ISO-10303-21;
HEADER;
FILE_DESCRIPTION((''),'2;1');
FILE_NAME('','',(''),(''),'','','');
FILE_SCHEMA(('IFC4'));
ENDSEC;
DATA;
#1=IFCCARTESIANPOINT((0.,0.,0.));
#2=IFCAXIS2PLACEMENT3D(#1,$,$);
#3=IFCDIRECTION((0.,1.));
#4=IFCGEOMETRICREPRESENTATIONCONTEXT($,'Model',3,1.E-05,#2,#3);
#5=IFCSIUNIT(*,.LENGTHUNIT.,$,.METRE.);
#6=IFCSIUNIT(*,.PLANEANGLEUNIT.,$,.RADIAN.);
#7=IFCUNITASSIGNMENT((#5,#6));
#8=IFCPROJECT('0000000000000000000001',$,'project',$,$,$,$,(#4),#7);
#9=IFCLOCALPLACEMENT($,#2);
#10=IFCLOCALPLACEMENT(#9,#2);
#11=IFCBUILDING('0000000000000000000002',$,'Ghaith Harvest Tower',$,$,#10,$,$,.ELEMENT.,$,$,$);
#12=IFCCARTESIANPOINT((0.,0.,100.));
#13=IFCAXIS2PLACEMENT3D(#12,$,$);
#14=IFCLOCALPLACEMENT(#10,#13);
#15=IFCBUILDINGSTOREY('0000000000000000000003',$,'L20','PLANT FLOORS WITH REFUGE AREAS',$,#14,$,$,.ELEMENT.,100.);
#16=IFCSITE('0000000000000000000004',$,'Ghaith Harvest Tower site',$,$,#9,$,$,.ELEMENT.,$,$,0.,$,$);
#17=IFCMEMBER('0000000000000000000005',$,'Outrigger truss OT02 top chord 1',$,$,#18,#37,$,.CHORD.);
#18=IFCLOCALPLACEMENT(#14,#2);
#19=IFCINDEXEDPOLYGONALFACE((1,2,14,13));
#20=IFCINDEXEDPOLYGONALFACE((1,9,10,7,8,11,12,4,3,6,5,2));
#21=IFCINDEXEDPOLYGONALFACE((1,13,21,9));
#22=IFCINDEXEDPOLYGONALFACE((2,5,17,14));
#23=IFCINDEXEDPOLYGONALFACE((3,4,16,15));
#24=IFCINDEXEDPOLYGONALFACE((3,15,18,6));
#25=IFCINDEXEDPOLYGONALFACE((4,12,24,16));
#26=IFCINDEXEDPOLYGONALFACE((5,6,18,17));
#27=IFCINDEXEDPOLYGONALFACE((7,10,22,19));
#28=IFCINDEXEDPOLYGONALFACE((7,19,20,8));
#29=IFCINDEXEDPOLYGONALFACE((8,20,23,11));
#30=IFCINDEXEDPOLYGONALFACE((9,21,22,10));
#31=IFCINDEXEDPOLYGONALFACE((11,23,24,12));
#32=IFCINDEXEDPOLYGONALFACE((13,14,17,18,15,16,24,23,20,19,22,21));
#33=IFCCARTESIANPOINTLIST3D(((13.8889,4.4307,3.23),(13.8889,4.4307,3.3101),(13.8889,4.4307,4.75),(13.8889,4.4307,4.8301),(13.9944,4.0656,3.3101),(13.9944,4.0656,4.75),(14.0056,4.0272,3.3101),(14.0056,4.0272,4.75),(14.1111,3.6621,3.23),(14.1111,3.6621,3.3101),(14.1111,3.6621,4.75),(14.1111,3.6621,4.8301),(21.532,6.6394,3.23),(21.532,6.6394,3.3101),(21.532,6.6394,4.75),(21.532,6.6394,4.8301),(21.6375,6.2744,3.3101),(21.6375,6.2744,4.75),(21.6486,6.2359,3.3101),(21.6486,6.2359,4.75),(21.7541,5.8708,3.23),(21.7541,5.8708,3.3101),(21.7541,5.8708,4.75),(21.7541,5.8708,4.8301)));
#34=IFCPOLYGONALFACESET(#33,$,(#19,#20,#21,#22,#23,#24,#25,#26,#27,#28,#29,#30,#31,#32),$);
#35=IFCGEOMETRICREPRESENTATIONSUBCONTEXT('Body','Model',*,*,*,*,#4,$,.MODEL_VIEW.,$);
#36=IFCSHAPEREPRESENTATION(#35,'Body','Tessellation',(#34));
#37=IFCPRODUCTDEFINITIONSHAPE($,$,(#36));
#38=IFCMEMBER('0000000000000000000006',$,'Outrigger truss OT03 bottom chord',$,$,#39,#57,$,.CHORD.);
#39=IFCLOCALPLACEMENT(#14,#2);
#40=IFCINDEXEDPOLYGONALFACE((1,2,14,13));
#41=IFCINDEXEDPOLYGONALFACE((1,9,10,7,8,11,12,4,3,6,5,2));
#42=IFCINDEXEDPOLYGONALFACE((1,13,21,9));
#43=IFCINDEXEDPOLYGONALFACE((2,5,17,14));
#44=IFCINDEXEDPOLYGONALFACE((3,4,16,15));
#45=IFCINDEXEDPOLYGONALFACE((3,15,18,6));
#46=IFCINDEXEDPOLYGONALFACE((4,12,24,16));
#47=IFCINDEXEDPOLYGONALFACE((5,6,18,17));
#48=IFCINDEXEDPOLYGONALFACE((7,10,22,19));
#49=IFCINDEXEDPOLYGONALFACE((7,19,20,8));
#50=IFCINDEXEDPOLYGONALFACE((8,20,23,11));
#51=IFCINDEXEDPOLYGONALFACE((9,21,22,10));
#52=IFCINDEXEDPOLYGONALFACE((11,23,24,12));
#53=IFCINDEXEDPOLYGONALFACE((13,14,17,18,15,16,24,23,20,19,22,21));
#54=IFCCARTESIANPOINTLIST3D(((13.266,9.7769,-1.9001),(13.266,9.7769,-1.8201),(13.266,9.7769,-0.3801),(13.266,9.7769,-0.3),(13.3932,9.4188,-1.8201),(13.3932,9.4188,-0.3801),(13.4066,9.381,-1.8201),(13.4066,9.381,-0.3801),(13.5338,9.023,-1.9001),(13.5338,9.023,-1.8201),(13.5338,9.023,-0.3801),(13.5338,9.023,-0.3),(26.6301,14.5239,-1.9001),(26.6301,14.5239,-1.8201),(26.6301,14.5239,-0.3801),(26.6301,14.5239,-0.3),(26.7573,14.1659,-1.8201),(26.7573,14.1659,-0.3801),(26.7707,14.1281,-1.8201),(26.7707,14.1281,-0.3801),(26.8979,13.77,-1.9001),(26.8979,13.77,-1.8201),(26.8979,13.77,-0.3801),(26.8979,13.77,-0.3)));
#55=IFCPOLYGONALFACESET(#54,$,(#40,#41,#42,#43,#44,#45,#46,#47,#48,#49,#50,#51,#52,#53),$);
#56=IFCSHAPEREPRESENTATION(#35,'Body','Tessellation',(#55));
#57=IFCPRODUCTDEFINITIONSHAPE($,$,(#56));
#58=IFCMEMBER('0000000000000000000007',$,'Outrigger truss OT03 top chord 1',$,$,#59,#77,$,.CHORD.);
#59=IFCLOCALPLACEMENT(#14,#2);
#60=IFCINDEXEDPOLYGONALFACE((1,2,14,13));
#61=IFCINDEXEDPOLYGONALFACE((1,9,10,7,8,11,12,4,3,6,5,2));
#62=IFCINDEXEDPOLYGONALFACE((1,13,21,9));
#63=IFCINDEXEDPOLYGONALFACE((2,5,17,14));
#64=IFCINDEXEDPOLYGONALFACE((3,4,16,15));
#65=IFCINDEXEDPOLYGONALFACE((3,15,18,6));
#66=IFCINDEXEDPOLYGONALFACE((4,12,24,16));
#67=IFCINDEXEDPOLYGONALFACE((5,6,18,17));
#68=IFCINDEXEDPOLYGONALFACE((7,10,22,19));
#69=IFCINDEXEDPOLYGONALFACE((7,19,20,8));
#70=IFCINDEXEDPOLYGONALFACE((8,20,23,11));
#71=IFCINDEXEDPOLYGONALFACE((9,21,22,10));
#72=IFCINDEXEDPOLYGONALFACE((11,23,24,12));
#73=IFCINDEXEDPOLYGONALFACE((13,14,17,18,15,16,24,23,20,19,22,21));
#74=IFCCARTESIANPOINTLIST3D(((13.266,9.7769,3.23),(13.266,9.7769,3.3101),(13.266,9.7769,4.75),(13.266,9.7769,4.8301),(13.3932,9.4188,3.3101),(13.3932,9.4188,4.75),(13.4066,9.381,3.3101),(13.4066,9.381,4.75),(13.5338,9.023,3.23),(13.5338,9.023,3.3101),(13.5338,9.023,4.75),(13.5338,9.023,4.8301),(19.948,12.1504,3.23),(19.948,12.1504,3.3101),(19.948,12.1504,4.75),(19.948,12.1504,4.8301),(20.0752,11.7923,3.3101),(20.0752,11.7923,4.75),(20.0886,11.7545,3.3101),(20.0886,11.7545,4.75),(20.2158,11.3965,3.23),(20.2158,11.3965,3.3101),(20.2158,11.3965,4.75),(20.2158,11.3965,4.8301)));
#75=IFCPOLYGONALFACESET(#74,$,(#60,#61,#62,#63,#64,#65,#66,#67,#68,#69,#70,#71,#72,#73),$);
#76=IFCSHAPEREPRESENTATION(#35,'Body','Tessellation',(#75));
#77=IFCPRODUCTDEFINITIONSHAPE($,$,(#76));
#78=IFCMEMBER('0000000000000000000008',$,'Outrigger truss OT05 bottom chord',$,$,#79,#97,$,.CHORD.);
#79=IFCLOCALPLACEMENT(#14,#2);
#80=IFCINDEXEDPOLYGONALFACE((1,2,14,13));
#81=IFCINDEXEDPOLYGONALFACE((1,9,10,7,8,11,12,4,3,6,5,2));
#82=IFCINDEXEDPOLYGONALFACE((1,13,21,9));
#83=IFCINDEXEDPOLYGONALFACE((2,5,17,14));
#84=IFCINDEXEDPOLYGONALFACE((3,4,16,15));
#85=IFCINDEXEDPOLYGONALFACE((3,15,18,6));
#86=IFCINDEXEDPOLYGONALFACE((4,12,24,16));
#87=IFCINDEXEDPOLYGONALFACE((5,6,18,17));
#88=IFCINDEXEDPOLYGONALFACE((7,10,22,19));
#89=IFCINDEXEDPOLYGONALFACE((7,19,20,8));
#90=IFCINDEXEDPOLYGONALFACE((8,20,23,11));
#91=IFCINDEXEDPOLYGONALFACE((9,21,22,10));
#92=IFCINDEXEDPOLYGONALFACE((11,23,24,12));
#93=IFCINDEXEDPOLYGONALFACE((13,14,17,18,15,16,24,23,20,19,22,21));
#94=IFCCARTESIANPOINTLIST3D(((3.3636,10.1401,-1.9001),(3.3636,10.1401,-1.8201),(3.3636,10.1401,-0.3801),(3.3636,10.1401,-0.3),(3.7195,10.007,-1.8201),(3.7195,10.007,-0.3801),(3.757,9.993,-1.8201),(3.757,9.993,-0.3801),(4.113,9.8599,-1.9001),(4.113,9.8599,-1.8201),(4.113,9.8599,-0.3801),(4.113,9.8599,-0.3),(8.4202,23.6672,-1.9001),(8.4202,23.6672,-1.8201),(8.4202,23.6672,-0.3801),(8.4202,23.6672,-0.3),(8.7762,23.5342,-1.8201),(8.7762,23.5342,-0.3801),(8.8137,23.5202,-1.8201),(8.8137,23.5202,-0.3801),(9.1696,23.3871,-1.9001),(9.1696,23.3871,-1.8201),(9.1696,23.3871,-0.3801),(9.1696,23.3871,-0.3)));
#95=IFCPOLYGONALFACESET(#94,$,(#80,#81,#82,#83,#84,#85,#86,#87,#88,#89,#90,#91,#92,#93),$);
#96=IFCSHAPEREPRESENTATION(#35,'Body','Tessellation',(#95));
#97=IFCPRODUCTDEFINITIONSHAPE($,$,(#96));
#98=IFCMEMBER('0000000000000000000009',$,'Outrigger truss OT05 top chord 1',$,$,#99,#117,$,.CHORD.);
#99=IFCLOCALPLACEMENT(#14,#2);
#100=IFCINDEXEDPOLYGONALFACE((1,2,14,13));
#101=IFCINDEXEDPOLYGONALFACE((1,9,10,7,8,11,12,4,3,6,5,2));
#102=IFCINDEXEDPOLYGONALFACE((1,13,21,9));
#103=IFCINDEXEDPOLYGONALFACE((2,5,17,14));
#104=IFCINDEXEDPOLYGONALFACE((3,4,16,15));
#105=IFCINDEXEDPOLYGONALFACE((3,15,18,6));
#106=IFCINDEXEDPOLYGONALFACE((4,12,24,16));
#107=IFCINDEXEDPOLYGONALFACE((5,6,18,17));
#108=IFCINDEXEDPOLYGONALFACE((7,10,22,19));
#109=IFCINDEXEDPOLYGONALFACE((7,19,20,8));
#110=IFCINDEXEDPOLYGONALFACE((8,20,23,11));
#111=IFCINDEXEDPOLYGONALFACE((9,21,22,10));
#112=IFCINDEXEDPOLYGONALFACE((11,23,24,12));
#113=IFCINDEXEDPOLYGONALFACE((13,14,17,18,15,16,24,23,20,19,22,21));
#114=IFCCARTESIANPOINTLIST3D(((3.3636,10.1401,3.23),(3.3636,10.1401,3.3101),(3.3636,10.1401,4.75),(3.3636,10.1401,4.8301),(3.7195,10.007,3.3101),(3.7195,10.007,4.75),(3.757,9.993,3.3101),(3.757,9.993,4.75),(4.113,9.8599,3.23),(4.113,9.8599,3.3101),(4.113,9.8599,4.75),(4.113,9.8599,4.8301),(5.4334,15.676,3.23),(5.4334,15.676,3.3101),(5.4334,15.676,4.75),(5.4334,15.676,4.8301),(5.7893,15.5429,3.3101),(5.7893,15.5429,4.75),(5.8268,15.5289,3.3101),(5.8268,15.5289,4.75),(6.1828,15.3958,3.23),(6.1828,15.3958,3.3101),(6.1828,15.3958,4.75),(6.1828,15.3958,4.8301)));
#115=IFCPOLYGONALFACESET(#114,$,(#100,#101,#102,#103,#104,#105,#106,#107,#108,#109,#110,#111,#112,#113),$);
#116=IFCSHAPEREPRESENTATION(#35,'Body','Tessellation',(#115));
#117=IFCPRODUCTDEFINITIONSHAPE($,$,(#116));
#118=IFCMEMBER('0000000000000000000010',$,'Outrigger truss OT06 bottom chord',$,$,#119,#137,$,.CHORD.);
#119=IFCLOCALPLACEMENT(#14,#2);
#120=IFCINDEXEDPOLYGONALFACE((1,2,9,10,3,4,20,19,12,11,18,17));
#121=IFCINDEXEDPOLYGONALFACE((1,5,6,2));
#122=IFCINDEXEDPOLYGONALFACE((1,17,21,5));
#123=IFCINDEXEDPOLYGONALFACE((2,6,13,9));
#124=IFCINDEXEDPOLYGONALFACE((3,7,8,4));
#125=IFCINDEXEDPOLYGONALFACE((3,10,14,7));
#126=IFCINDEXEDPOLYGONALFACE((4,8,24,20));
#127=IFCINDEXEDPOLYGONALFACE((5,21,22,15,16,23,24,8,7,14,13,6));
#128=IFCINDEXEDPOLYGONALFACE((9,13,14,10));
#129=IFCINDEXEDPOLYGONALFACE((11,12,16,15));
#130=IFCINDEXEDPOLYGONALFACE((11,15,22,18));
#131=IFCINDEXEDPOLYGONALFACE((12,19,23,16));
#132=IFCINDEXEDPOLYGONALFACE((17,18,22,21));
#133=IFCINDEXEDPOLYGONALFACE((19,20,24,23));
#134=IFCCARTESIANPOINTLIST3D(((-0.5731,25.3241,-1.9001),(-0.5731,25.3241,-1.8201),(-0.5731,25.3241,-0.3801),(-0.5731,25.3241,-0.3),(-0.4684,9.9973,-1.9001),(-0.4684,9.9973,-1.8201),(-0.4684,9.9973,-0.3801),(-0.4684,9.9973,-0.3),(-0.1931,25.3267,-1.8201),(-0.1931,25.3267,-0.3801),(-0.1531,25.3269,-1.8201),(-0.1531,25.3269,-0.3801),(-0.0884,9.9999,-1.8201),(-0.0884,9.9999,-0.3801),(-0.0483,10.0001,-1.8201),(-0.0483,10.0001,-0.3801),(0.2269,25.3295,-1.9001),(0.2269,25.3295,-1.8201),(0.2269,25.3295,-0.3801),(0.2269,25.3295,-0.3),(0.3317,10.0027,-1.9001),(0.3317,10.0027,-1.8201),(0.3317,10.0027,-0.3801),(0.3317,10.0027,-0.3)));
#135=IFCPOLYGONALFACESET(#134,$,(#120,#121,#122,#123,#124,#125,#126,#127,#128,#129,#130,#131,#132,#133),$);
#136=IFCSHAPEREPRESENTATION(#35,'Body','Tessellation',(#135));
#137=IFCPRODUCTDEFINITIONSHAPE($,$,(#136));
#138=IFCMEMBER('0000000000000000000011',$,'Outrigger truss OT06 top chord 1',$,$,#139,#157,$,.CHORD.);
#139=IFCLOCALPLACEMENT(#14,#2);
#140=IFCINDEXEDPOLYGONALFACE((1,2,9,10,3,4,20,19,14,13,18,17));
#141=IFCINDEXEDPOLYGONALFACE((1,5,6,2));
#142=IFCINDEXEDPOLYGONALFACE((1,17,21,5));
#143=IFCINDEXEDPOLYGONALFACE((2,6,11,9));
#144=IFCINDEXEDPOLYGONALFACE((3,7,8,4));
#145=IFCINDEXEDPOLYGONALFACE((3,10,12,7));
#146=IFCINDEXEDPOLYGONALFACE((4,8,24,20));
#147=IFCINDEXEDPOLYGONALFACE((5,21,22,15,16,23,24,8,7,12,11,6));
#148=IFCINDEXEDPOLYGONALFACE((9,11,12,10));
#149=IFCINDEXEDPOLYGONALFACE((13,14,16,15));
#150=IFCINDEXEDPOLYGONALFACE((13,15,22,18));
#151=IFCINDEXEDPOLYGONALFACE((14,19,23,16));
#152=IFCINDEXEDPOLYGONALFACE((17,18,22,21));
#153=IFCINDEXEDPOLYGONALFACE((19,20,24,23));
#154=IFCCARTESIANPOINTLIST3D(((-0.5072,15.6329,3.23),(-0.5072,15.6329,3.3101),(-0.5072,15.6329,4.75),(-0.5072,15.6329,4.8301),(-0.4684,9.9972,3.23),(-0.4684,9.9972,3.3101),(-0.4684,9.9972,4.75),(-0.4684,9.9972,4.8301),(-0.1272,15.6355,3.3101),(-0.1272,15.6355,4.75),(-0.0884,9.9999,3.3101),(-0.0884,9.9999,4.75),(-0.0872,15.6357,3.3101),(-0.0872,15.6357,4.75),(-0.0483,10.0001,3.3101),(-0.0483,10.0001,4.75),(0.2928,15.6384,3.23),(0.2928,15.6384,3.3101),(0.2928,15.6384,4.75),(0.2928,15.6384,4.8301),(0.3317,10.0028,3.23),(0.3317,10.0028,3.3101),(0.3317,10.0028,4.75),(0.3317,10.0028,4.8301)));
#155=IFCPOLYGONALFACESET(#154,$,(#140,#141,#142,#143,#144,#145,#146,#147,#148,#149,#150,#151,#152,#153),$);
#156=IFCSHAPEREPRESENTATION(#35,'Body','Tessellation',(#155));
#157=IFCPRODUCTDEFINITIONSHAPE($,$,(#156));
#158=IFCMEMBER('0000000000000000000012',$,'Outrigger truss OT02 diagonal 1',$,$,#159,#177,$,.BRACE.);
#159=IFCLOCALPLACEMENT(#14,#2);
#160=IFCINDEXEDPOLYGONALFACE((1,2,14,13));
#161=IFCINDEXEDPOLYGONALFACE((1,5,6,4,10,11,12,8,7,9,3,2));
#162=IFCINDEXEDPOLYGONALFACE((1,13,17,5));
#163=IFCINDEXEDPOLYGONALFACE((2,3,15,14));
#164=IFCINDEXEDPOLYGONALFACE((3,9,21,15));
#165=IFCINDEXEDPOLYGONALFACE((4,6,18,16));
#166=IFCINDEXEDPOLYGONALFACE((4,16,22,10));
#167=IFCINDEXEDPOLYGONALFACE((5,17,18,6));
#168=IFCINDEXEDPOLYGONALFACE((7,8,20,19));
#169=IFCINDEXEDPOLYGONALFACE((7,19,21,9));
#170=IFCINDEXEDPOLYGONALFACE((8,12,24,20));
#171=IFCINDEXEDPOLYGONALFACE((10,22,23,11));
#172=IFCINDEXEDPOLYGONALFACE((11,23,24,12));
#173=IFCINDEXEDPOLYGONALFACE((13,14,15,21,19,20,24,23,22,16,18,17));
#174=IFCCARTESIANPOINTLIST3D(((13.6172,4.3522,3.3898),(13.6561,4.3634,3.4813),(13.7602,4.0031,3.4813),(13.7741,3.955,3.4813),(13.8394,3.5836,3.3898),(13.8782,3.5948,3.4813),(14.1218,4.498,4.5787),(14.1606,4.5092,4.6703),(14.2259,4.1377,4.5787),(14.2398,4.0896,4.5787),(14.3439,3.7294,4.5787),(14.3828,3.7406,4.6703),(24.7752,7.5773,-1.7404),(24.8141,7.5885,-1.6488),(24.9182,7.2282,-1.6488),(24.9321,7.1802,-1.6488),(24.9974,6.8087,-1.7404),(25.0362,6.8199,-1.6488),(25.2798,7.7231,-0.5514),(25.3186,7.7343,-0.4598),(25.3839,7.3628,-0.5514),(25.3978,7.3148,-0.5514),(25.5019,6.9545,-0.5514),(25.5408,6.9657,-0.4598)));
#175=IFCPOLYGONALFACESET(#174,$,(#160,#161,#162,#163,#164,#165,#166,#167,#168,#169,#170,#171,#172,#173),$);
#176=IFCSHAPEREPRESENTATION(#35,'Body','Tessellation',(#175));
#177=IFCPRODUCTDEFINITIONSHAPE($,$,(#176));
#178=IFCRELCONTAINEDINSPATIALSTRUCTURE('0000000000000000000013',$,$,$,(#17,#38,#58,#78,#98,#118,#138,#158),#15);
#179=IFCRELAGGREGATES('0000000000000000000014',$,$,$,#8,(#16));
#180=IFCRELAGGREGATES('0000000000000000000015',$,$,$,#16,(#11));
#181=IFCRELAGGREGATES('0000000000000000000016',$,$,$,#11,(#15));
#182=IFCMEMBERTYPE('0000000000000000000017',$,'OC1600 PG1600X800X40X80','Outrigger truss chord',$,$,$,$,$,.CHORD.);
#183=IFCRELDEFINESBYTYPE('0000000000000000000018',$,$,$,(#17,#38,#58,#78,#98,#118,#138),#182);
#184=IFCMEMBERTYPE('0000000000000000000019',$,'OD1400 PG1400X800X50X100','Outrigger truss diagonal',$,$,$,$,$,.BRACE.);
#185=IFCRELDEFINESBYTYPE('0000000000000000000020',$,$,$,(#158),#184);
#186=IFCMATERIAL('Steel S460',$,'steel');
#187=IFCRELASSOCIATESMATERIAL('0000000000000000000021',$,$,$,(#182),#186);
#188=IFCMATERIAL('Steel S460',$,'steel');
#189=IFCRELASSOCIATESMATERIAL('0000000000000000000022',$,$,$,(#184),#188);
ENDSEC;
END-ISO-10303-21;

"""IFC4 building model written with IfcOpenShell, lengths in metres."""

from ifc_helpers import new_model, si_unit, direction, frame, origin, origin_2d, place, context, subcontext, project, spatial, i_section, extrude, material, material_profile, profile_set, type_object, element, save


model = new_model("IFC4")

# Units and contexts
model_context = context("Model", 3, precision=1e-05, world=origin(), true_north=direction((0.0, 1.0)))
body_context = subcontext(model_context, "Body", "Model", "MODEL_VIEW")
ifc_project = project(units=[si_unit("LENGTHUNIT", "METRE"), si_unit("PLANEANGLEUNIT", "RADIAN")], contexts=[model_context])

# Site, building, storey
site_placement = place(None, origin())
site = spatial("IfcSite", under=ifc_project, at=site_placement, Name="Ghaith Harvest Tower site", CompositionType="ELEMENT", RefElevation=0.0)
building_placement = place(site_placement, origin())
building = spatial("IfcBuilding", under=site, at=building_placement, Name="Ghaith Harvest Tower", CompositionType="ELEMENT")
storey_placement = place(building_placement, frame((0.0, 0.0, 100.0)))
storey = spatial("IfcBuildingStorey", under=building, at=storey_placement, Name="L20", Description="PLANT FLOORS WITH REFUGE AREAS", CompositionType="ELEMENT", Elevation=100.0)

# Members
ifc_material_1 = material(Name="Steel S460", Category="steel")
ifc_material_profile_1 = material_profile(ifc_material_1, i_section(OverallWidth=0.8, OverallDepth=1.6001, WebThickness=0.04, FlangeThickness=0.0801, at=origin_2d()), Name="PG1600X800X40X80")
ifc_profile_set_1 = profile_set([ifc_material_profile_1], Name="Steel S460")
member_type_1 = type_object("IfcMemberType", Name="OC1600 PG1600X800X40X80", Description="Outrigger truss chord", PredefinedType="CHORD", material=ifc_profile_set_1)
member_1_placement = place(storey_placement, frame((14.0, 4.0464, 4.03), z_axis=(0.960689, 0.277626, 0.0), x_axis=(-0.277626, 0.960689, 0.0)))
element("IfcMember", 1, at=member_1_placement, inside=storey, type_object=member_type_1, Name="Outrigger truss OT02 top chord 1", PredefinedType="CHORD", context=body_context, shape_type="SweptSolid", body=[
    extrude(i_section(OverallWidth=0.8, OverallDepth=1.6001, WebThickness=0.04, FlangeThickness=0.0801, at=origin_2d()), origin(), (0.0, 0.0, 1.0), 7.9558),
])
member_2_placement = place(storey_placement, frame((13.3999, 9.3999, -1.1001), z_axis=(0.942317, 0.334723, 0.0), x_axis=(-0.334723, 0.942317, 0.0)))
element("IfcMember", 2, at=member_2_placement, inside=storey, type_object=member_type_1, Name="Outrigger truss OT03 bottom chord", PredefinedType="CHORD", context=body_context, shape_type="SweptSolid", body=[
    extrude(i_section(OverallWidth=0.8, OverallDepth=1.6001, WebThickness=0.04, FlangeThickness=0.0801, at=origin_2d()), origin(), (0.0, 0.0, 1.0), 14.1821),
])
member_3_placement = place(storey_placement, frame((13.3999, 9.3999, 4.03), z_axis=(0.942318, 0.334718, 0.0), x_axis=(-0.334718, 0.942318, 0.0)))
element("IfcMember", 3, at=member_3_placement, inside=storey, type_object=member_type_1, Name="Outrigger truss OT03 top chord 1", PredefinedType="CHORD", context=body_context, shape_type="SweptSolid", body=[
    extrude(i_section(OverallWidth=0.8, OverallDepth=1.6001, WebThickness=0.04, FlangeThickness=0.0801, at=origin_2d()), origin(), (0.0, 0.0, 1.0), 7.0911),
])
member_4_placement = place(storey_placement, frame((3.7383, 10.0, -1.1001), z_axis=(0.350151, 0.936693, 0.0), x_axis=(-0.936693, 0.350151, 0.0)))
element("IfcMember", 4, at=member_4_placement, inside=storey, type_object=member_type_1, Name="Outrigger truss OT05 bottom chord", PredefinedType="CHORD", context=body_context, shape_type="SweptSolid", body=[
    extrude(i_section(OverallWidth=0.8, OverallDepth=1.6001, WebThickness=0.04, FlangeThickness=0.0801, at=origin_2d()), origin(), (0.0, 0.0, 1.0), 14.4414),
])
member_5_placement = place(storey_placement, frame((3.7383, 10.0, 4.03), z_axis=(0.350213, 0.93667, 0.0), x_axis=(-0.93667, 0.350213, 0.0)))
element("IfcMember", 5, at=member_5_placement, inside=storey, type_object=member_type_1, Name="Outrigger truss OT05 top chord 1", PredefinedType="CHORD", context=body_context, shape_type="SweptSolid", body=[
    extrude(i_section(OverallWidth=0.8, OverallDepth=1.6001, WebThickness=0.04, FlangeThickness=0.0801, at=origin_2d()), origin(), (0.0, 0.0, 1.0), 5.9102),
])
member_6_placement = place(storey_placement, frame((-0.0684, 10.0, -1.1001), z_axis=(-0.006833, 0.999977, 0.0), x_axis=(-0.999977, -0.006833, 0.0)))
element("IfcMember", 6, at=member_6_placement, inside=storey, type_object=member_type_1, Name="Outrigger truss OT06 bottom chord", PredefinedType="CHORD", context=body_context, shape_type="SweptSolid", body=[
    extrude(i_section(OverallWidth=0.8, OverallDepth=1.6001, WebThickness=0.04, FlangeThickness=0.0801, at=origin_2d()), origin(), (0.0, 0.0, 1.0), 15.3271),
])
member_7_placement = place(storey_placement, frame((-0.0684, 10.0, 4.03), z_axis=(-0.006888, 0.999976, 0.0), x_axis=(-0.999976, -0.006888, 0.0)))
element("IfcMember", 7, at=member_7_placement, inside=storey, type_object=member_type_1, Name="Outrigger truss OT06 top chord 1", PredefinedType="CHORD", context=body_context, shape_type="SweptSolid", body=[
    extrude(i_section(OverallWidth=0.8, OverallDepth=1.6001, WebThickness=0.04, FlangeThickness=0.0801, at=origin_2d()), origin(), (0.0, 0.0, 1.0), 5.6357),
])
ifc_material_2 = material(Name="Steel S460", Category="steel")
ifc_material_profile_2 = material_profile(ifc_material_2, i_section(OverallWidth=0.8, OverallDepth=1.3999, WebThickness=0.05, FlangeThickness=0.1001, at=origin_2d()), Name="PG1400X800X50X100")
ifc_profile_set_2 = profile_set([ifc_material_profile_2], Name="Steel S460")
member_type_2 = type_object("IfcMemberType", Name="OD1400 PG1400X800X50X100", Description="Outrigger truss diagonal", PredefinedType="BRACE", material=ifc_profile_set_2)
member_8_placement = place(storey_placement, frame((14.0, 4.0464, 4.03), z_axis=(0.878772, 0.254, -0.404035), x_axis=(-0.277674, 0.960675, 0.0)))
element("IfcMember", 8, at=member_8_placement, inside=storey, type_object=member_type_2, Name="Outrigger truss OT02 diagonal 1", PredefinedType="BRACE", context=body_context, shape_type="SweptSolid", body=[
    extrude(i_section(OverallWidth=0.8, OverallDepth=1.3999, WebThickness=0.05, FlangeThickness=0.1001, at=origin_2d()), origin(), (0.0, 0.0, 1.0), 12.6973),
])

save(model, "model.ifc")
